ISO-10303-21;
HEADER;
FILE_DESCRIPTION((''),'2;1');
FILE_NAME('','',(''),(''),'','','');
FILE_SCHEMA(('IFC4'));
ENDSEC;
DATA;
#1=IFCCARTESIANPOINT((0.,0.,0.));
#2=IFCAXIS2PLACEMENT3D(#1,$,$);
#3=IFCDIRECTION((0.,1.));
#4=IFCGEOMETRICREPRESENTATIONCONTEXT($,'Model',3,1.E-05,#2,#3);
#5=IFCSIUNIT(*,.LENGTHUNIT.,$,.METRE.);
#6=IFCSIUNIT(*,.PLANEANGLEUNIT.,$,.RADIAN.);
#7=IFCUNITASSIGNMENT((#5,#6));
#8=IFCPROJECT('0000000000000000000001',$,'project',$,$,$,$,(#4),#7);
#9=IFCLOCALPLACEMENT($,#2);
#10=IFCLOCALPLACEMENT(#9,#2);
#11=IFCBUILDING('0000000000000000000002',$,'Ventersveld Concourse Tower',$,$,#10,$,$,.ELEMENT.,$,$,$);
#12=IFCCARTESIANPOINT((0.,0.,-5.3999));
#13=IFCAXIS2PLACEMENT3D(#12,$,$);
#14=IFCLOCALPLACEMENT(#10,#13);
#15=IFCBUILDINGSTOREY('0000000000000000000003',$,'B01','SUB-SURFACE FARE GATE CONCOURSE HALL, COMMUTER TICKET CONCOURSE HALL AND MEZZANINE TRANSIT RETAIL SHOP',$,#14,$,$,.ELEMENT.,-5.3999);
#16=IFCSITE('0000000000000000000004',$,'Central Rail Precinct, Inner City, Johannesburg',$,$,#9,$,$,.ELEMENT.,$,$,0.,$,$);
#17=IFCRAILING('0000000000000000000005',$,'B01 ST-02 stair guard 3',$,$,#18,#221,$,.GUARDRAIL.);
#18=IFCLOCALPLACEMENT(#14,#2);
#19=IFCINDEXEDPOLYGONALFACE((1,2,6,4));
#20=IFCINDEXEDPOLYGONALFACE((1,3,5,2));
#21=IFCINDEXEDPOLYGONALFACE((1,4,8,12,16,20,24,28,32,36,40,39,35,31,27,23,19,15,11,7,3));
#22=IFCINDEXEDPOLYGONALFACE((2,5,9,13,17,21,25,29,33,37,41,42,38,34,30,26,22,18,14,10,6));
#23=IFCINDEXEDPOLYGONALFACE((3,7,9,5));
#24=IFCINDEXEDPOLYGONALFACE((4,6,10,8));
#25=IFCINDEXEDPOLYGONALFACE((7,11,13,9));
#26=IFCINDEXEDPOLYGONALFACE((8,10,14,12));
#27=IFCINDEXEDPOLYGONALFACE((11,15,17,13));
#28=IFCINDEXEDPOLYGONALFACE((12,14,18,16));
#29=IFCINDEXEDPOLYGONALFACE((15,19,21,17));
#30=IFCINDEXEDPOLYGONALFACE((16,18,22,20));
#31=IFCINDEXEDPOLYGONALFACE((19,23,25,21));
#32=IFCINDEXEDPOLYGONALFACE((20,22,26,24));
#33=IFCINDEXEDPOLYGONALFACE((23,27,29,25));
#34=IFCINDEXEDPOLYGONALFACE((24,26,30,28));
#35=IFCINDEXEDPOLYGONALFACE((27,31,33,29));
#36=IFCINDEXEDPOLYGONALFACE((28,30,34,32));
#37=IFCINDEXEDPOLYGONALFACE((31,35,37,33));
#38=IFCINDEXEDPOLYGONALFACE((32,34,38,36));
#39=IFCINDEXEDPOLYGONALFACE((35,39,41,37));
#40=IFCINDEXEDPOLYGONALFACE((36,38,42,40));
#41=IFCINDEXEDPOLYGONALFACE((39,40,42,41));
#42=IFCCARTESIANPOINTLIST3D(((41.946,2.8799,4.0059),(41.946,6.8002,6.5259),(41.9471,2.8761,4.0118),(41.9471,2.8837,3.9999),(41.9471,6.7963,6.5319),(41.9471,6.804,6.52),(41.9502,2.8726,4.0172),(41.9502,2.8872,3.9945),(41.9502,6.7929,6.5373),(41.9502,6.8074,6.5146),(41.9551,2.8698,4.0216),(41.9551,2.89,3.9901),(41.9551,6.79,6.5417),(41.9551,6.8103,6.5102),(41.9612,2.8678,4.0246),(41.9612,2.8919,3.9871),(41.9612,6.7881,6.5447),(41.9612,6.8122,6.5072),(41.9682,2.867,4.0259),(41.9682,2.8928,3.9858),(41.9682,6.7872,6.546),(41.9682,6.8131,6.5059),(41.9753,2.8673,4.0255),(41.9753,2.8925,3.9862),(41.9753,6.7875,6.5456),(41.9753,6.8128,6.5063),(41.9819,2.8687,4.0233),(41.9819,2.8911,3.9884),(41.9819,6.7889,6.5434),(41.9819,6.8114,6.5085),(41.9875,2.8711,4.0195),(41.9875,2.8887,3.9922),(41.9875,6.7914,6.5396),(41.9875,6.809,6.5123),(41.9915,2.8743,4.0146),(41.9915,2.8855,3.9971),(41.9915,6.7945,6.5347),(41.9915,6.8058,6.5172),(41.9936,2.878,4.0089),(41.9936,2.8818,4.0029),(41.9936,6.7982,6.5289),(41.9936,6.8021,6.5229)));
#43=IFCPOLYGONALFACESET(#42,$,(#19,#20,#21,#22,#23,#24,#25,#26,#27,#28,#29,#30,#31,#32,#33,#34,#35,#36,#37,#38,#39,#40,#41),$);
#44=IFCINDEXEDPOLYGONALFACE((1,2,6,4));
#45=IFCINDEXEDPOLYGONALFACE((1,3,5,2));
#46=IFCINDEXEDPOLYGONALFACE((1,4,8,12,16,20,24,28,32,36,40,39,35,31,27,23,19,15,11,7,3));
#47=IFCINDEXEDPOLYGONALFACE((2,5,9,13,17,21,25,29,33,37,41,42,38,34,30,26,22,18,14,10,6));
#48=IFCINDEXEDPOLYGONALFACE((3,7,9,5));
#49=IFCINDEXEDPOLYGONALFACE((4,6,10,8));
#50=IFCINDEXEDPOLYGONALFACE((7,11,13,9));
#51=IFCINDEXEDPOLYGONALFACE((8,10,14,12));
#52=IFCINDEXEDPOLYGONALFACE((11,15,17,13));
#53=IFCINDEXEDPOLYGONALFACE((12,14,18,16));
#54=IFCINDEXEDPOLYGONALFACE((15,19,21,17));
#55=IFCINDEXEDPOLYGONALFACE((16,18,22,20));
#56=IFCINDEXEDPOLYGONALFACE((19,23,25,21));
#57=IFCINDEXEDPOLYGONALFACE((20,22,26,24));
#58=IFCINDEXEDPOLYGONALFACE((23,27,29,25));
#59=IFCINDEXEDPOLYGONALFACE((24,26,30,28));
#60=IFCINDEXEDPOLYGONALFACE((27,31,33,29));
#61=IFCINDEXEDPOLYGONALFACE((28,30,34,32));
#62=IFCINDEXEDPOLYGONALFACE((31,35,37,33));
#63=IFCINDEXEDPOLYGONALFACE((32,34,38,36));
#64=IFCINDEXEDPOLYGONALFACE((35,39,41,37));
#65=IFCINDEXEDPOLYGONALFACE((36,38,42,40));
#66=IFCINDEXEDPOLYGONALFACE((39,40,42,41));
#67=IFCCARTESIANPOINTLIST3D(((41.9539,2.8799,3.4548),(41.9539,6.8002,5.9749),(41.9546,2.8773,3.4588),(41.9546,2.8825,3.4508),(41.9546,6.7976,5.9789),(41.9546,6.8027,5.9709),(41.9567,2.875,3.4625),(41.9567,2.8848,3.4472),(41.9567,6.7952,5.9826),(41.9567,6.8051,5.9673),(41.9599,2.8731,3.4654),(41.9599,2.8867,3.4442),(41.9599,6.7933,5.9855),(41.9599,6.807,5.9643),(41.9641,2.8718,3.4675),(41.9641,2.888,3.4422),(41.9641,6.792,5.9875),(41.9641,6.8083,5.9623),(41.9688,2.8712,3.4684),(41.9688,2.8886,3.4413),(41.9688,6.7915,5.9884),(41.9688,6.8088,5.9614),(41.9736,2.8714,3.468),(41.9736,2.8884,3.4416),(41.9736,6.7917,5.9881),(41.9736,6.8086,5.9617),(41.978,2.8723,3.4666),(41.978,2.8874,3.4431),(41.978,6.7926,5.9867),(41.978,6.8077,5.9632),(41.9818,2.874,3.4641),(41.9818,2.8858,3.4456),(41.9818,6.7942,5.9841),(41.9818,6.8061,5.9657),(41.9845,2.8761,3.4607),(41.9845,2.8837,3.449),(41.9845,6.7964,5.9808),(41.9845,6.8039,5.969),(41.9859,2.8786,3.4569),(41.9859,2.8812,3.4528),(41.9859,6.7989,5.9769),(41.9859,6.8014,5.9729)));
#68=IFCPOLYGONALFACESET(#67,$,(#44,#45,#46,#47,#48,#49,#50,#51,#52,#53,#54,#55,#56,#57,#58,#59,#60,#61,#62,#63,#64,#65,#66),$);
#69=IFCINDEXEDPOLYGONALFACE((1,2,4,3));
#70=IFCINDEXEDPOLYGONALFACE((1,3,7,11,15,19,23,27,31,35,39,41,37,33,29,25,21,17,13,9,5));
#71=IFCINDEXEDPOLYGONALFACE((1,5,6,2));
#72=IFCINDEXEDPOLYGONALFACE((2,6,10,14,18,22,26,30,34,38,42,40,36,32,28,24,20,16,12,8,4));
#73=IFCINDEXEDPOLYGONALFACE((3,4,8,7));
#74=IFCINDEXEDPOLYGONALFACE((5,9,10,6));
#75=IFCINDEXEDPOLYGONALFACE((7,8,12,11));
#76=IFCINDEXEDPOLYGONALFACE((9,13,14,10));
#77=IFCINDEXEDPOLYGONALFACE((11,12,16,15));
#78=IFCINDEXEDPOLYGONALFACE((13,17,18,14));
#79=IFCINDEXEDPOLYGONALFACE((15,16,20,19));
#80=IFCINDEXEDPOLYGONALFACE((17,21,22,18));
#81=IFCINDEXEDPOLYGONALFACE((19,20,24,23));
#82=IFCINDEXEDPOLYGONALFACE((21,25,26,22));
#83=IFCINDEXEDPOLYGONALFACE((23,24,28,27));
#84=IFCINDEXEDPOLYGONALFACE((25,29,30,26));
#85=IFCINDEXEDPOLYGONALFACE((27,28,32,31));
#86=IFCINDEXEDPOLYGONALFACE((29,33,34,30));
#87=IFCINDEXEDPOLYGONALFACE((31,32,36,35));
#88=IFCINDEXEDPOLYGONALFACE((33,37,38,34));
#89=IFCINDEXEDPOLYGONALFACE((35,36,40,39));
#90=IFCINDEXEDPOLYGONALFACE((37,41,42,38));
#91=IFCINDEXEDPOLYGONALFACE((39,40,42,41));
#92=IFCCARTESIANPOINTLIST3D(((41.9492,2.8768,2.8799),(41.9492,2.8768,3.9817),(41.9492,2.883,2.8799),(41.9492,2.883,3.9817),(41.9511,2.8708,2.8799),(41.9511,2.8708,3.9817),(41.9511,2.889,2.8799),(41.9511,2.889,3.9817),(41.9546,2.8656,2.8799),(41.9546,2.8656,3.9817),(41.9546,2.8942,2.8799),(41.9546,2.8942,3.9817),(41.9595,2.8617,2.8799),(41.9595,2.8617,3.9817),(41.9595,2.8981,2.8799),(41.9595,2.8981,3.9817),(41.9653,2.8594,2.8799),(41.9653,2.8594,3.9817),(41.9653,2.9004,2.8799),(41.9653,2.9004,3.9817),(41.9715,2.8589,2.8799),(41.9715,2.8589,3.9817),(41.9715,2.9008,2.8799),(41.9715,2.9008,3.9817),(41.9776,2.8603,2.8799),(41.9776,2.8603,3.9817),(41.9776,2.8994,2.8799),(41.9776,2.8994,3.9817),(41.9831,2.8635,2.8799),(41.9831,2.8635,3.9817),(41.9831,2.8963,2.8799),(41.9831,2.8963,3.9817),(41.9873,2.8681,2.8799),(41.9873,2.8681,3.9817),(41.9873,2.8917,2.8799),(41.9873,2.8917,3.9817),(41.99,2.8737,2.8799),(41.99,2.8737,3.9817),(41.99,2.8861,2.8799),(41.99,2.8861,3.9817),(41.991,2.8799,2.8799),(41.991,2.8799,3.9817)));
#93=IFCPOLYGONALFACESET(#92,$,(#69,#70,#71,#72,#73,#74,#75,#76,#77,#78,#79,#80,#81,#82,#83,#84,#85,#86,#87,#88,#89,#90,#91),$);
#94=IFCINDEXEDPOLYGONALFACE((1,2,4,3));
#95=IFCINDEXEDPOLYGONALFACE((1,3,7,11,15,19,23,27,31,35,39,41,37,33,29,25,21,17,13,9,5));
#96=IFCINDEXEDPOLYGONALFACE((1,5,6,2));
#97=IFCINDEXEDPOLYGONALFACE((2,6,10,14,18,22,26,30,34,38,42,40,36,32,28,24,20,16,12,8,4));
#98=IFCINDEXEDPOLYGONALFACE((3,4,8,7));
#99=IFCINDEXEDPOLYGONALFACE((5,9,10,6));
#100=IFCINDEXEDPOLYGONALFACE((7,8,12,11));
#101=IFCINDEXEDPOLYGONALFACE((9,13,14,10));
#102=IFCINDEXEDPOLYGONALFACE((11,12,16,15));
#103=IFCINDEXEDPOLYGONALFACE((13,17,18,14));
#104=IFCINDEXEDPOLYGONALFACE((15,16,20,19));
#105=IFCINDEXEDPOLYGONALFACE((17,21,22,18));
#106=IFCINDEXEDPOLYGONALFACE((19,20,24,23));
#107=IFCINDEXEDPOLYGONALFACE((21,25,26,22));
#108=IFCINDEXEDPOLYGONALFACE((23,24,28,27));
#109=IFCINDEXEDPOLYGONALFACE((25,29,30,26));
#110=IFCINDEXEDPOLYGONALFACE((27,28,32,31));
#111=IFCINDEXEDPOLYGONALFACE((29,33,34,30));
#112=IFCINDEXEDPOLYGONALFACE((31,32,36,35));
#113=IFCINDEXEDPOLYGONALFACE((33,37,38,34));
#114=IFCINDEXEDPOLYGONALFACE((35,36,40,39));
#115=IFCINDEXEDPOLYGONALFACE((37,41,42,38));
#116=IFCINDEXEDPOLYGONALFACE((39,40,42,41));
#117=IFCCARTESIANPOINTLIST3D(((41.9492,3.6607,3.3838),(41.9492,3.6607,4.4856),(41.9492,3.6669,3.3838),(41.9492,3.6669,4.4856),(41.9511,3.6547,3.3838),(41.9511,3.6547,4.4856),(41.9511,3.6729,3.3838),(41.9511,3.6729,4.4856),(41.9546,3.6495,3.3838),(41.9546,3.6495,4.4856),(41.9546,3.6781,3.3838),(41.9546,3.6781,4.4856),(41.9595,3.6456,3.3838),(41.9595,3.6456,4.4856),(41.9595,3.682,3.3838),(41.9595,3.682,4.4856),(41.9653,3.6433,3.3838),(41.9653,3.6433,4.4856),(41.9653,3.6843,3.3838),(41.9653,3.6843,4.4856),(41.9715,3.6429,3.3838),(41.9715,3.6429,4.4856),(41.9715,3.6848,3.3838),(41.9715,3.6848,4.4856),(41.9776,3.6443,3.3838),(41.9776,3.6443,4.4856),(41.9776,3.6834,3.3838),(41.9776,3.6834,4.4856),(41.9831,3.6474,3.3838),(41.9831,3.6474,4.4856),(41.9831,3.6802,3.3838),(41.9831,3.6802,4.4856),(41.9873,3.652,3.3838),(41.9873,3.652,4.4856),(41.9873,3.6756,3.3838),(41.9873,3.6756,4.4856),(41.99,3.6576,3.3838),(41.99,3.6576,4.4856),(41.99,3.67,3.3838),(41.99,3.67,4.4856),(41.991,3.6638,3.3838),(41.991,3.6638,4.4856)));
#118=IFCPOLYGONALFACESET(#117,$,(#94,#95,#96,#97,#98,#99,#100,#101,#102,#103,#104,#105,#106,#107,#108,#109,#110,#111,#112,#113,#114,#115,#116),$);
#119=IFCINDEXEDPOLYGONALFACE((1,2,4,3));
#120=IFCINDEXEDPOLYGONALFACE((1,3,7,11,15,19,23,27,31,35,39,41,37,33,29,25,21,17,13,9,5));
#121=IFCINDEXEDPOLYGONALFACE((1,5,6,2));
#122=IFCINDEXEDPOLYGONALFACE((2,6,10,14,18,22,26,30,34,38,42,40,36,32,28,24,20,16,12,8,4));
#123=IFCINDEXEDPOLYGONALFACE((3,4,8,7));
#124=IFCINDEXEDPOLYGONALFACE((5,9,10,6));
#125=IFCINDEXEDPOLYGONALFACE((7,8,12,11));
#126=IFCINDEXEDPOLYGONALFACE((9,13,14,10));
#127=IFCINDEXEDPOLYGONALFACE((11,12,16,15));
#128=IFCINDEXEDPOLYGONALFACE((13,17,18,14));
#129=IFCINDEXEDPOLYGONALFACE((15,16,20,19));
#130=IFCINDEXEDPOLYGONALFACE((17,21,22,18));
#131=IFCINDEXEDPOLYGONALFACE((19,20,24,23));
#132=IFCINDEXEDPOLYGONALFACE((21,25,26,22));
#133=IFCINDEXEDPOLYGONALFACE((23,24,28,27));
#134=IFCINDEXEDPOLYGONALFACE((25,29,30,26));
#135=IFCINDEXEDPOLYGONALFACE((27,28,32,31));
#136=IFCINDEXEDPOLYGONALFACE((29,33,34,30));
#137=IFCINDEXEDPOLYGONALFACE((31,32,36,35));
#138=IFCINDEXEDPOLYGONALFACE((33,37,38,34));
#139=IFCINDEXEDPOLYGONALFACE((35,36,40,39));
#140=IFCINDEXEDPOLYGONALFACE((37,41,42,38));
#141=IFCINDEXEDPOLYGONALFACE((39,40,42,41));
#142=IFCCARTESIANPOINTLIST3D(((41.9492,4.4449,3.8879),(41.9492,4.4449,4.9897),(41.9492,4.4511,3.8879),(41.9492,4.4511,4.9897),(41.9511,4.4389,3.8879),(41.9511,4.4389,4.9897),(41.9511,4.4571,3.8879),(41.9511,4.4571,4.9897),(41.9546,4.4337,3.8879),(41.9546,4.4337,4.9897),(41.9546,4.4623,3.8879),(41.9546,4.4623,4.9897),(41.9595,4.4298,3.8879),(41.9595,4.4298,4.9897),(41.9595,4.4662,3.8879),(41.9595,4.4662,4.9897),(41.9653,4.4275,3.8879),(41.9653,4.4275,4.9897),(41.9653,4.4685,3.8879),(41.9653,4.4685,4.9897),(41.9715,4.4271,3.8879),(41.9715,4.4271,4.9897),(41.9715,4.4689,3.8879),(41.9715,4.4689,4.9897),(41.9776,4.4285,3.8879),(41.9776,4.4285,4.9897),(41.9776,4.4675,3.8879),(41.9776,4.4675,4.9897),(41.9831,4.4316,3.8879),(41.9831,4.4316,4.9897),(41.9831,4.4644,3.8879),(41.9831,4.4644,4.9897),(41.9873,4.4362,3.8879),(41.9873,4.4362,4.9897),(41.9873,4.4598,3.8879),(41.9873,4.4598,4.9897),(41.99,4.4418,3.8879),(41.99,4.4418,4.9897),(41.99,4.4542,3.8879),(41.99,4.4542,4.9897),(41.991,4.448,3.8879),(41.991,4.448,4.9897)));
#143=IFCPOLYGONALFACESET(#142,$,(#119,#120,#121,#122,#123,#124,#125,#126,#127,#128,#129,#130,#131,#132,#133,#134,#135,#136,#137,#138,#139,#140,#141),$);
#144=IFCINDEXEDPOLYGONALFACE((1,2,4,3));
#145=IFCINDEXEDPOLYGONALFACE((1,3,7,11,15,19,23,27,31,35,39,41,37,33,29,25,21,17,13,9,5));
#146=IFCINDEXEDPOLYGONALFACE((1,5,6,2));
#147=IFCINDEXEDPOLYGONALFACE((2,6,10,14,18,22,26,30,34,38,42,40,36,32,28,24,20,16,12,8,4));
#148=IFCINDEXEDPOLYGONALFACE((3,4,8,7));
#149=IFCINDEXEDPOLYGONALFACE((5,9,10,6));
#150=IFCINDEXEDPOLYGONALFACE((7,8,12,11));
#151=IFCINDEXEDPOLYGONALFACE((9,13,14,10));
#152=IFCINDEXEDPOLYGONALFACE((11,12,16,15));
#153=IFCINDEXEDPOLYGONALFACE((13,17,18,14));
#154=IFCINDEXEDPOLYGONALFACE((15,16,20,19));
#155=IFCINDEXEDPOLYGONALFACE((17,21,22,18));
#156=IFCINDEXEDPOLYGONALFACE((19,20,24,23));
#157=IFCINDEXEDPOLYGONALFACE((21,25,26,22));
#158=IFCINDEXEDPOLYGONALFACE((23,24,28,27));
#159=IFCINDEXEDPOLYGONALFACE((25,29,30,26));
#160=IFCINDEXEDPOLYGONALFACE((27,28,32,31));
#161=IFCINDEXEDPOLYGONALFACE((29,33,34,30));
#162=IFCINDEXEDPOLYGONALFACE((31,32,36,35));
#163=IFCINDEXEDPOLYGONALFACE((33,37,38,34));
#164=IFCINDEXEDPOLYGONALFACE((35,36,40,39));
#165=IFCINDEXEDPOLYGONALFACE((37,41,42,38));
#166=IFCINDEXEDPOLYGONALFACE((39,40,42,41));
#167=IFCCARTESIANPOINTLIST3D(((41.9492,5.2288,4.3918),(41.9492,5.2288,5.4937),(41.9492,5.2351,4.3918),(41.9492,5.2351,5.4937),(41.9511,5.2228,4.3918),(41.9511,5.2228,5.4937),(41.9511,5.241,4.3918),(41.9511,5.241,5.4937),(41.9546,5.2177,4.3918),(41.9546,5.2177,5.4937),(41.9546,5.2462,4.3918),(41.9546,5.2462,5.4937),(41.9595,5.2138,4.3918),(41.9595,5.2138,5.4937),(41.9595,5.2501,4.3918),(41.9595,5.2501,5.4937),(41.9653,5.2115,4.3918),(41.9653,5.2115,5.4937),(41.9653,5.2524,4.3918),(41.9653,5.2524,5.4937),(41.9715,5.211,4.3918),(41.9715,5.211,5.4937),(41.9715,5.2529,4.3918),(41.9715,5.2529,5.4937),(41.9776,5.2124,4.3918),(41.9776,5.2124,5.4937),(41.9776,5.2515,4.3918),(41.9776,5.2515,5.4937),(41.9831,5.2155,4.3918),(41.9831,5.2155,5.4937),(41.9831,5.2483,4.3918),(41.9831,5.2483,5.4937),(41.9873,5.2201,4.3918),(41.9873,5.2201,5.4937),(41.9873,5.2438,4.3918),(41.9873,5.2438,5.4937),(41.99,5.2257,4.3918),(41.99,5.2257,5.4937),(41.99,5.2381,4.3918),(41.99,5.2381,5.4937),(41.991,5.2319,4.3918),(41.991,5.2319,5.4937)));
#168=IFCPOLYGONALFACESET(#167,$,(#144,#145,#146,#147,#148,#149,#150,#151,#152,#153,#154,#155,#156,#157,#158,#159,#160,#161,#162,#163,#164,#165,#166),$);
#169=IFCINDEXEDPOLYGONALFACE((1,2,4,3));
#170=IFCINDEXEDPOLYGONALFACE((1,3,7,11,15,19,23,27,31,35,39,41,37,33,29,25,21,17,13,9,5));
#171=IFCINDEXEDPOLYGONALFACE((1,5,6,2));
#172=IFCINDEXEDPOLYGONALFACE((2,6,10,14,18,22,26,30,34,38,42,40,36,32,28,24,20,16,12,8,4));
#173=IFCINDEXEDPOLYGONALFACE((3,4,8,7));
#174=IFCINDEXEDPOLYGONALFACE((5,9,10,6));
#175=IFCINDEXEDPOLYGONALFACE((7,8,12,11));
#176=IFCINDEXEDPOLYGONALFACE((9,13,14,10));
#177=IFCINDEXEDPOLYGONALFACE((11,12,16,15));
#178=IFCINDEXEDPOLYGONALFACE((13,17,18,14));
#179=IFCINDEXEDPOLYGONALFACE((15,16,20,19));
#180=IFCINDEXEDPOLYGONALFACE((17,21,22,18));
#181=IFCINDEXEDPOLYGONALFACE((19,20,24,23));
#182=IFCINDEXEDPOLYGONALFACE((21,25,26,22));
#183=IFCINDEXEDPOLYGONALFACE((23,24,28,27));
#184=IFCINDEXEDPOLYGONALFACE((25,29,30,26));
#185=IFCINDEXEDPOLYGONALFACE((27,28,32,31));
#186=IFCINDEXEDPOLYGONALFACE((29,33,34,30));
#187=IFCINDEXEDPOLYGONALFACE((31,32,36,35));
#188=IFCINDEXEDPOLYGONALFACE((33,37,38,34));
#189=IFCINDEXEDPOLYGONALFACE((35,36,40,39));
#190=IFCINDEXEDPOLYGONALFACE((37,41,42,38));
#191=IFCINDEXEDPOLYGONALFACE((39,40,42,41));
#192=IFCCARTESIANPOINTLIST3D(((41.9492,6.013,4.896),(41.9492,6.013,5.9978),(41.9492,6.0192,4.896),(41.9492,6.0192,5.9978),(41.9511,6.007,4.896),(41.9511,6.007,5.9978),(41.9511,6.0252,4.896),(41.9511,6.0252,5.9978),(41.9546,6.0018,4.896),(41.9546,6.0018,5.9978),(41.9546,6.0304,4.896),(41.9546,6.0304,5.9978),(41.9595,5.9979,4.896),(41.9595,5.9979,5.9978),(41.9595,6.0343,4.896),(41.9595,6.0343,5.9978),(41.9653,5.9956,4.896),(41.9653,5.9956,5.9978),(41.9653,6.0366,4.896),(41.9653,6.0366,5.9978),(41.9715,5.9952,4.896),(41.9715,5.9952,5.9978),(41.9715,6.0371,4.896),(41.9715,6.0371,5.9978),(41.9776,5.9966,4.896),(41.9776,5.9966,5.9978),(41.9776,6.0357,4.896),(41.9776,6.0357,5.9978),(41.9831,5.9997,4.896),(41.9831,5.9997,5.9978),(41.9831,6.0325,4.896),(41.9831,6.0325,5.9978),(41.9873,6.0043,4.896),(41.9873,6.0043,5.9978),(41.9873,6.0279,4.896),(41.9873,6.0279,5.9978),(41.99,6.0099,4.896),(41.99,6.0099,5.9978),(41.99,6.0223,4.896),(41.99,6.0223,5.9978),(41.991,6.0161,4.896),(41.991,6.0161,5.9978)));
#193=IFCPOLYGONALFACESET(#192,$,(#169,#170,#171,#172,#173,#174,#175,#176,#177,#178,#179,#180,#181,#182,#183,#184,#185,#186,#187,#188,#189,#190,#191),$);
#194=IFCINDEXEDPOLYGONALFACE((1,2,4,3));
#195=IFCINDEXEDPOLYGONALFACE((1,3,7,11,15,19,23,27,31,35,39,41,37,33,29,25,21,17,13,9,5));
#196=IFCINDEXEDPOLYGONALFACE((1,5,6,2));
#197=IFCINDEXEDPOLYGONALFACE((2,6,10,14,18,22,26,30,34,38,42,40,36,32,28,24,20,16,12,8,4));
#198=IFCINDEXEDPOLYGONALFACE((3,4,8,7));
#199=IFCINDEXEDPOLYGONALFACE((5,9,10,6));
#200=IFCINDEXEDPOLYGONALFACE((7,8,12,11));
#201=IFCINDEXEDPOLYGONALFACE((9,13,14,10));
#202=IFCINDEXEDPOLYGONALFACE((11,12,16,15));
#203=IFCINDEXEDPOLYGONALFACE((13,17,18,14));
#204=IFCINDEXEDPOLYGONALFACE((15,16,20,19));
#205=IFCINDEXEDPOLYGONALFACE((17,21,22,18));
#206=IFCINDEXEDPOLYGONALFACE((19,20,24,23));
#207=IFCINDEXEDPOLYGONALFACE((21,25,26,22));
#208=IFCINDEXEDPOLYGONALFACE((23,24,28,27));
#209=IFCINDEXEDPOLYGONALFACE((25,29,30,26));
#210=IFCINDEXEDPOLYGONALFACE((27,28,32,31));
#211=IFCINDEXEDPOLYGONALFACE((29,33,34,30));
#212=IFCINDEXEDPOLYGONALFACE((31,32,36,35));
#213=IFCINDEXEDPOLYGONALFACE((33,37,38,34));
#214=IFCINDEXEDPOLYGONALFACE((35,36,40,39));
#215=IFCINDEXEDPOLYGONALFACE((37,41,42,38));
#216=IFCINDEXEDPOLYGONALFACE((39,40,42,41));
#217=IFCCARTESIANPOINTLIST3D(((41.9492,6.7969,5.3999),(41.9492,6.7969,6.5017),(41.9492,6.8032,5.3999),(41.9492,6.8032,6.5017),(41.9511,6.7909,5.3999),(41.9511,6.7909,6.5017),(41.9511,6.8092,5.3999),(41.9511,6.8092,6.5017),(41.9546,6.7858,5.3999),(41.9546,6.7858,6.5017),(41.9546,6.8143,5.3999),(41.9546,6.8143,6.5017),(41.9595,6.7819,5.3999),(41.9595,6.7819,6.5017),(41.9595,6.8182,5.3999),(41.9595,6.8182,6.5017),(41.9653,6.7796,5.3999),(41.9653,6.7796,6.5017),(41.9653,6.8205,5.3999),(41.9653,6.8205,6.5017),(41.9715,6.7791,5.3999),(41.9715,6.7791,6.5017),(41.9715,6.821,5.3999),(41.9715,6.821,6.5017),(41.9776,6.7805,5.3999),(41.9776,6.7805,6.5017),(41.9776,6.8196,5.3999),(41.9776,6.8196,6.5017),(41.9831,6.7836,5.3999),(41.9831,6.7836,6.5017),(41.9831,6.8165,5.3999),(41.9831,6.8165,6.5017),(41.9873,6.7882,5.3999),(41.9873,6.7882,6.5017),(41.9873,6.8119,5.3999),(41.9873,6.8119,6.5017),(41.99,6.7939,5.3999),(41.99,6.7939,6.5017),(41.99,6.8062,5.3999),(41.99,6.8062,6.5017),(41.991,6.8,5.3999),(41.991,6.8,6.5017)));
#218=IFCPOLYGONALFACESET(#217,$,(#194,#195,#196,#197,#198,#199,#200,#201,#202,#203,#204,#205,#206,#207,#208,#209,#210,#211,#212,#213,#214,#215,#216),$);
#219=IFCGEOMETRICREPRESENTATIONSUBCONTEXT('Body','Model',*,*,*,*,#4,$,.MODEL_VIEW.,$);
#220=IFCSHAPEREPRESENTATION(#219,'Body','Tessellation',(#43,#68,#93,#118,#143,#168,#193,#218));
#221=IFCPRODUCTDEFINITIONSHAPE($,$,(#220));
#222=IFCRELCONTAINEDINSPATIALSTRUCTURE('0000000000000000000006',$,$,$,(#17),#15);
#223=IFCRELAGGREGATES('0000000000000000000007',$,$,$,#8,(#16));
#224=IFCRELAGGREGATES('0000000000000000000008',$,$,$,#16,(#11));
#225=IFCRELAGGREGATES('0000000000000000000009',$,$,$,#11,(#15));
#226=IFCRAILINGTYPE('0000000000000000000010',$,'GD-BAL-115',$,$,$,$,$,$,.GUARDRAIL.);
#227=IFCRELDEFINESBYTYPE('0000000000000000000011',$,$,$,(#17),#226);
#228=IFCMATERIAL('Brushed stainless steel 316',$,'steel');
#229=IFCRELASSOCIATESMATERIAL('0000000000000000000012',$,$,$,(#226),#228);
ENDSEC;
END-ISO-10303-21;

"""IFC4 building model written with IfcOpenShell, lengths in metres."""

from ifc_helpers import new_model, si_unit, direction, frame, origin, origin_2d, place, context, subcontext, project, spatial, circle, extrude, material, type_object, element, save


model = new_model("IFC4")

# Units and contexts
model_context = context("Model", 3, precision=1e-05, world=origin(), true_north=direction((0.0, 1.0)))
body_context = subcontext(model_context, "Body", "Model", "MODEL_VIEW")
ifc_project = project(units=[si_unit("LENGTHUNIT", "METRE"), si_unit("PLANEANGLEUNIT", "RADIAN")], contexts=[model_context])

# Site, building, storey
site_placement = place(None, origin())
site = spatial("IfcSite", under=ifc_project, at=site_placement, Name="Central Rail Precinct, Inner City, Johannesburg", CompositionType="ELEMENT", RefElevation=0.0)
building_placement = place(site_placement, origin())
building = spatial("IfcBuilding", under=site, at=building_placement, Name="Ventersveld Concourse Tower", CompositionType="ELEMENT")
storey_placement = place(building_placement, frame((0.0, 0.0, -5.3999)))
storey = spatial("IfcBuildingStorey", under=building, at=storey_placement, Name="B01", Description="SUB-SURFACE FARE GATE CONCOURSE HALL, COMMUTER TICKET CONCOURSE HALL AND MEZZANINE TRANSIT RETAIL SHOP", CompositionType="ELEMENT", Elevation=-5.3999)

# Railing
ifc_material_1 = material(Name="Brushed stainless steel 316", Category="steel")
railing_type_1 = type_object("IfcRailingType", Name="GD-BAL-115", PredefinedType="GUARDRAIL", material=ifc_material_1)
railing_1_placement = place(storey_placement, frame((41.97, 2.8799, 2.8799)))
element("IfcRailing", 1, at=railing_1_placement, inside=storey, type_object=railing_type_1, Name="B01 ST-02 stair guard 3", PredefinedType="GUARDRAIL", context=body_context, shape_type="SweptSolid", body=[
    extrude(circle(Radius=0.0239, at=origin_2d()), frame((0.0, 0.0, 1.126), z_axis=(0.0, 0.841187, 0.540744), x_axis=(-1.0, 0.0, 0.0)), (0.0, 0.0, 1.0), 4.6604),
    extrude(circle(Radius=0.0161, at=origin_2d()), frame((0.0, 0.0, 0.575), z_axis=(0.0, 0.841187, 0.540744), x_axis=(-1.0, 0.0, 0.0)), (0.0, 0.0, 1.0), 4.6604),
    extrude(circle(Radius=0.021, at=origin_2d()), origin(), (0.0, 0.0, 1.0), 1.1018),
    extrude(circle(Radius=0.021, at=origin_2d()), frame((0.0, 0.7839, 0.5039)), (0.0, 0.0, 1.0), 1.1018),
    extrude(circle(Radius=0.021, at=origin_2d()), frame((0.0, 1.5681, 1.0081)), (0.0, 0.0, 1.0), 1.1018),
    extrude(circle(Radius=0.021, at=origin_2d()), frame((0.0, 2.3521, 1.512)), (0.0, 0.0, 1.0), 1.1018),
    extrude(circle(Radius=0.021, at=origin_2d()), frame((0.0, 3.1362, 2.0161)), (0.0, 0.0, 1.0), 1.1018),
    extrude(circle(Radius=0.021, at=origin_2d()), frame((0.0, 3.9202, 2.52)), (0.0, 0.0, 1.0), 1.1018),
])

save(model, "model.ifc")
